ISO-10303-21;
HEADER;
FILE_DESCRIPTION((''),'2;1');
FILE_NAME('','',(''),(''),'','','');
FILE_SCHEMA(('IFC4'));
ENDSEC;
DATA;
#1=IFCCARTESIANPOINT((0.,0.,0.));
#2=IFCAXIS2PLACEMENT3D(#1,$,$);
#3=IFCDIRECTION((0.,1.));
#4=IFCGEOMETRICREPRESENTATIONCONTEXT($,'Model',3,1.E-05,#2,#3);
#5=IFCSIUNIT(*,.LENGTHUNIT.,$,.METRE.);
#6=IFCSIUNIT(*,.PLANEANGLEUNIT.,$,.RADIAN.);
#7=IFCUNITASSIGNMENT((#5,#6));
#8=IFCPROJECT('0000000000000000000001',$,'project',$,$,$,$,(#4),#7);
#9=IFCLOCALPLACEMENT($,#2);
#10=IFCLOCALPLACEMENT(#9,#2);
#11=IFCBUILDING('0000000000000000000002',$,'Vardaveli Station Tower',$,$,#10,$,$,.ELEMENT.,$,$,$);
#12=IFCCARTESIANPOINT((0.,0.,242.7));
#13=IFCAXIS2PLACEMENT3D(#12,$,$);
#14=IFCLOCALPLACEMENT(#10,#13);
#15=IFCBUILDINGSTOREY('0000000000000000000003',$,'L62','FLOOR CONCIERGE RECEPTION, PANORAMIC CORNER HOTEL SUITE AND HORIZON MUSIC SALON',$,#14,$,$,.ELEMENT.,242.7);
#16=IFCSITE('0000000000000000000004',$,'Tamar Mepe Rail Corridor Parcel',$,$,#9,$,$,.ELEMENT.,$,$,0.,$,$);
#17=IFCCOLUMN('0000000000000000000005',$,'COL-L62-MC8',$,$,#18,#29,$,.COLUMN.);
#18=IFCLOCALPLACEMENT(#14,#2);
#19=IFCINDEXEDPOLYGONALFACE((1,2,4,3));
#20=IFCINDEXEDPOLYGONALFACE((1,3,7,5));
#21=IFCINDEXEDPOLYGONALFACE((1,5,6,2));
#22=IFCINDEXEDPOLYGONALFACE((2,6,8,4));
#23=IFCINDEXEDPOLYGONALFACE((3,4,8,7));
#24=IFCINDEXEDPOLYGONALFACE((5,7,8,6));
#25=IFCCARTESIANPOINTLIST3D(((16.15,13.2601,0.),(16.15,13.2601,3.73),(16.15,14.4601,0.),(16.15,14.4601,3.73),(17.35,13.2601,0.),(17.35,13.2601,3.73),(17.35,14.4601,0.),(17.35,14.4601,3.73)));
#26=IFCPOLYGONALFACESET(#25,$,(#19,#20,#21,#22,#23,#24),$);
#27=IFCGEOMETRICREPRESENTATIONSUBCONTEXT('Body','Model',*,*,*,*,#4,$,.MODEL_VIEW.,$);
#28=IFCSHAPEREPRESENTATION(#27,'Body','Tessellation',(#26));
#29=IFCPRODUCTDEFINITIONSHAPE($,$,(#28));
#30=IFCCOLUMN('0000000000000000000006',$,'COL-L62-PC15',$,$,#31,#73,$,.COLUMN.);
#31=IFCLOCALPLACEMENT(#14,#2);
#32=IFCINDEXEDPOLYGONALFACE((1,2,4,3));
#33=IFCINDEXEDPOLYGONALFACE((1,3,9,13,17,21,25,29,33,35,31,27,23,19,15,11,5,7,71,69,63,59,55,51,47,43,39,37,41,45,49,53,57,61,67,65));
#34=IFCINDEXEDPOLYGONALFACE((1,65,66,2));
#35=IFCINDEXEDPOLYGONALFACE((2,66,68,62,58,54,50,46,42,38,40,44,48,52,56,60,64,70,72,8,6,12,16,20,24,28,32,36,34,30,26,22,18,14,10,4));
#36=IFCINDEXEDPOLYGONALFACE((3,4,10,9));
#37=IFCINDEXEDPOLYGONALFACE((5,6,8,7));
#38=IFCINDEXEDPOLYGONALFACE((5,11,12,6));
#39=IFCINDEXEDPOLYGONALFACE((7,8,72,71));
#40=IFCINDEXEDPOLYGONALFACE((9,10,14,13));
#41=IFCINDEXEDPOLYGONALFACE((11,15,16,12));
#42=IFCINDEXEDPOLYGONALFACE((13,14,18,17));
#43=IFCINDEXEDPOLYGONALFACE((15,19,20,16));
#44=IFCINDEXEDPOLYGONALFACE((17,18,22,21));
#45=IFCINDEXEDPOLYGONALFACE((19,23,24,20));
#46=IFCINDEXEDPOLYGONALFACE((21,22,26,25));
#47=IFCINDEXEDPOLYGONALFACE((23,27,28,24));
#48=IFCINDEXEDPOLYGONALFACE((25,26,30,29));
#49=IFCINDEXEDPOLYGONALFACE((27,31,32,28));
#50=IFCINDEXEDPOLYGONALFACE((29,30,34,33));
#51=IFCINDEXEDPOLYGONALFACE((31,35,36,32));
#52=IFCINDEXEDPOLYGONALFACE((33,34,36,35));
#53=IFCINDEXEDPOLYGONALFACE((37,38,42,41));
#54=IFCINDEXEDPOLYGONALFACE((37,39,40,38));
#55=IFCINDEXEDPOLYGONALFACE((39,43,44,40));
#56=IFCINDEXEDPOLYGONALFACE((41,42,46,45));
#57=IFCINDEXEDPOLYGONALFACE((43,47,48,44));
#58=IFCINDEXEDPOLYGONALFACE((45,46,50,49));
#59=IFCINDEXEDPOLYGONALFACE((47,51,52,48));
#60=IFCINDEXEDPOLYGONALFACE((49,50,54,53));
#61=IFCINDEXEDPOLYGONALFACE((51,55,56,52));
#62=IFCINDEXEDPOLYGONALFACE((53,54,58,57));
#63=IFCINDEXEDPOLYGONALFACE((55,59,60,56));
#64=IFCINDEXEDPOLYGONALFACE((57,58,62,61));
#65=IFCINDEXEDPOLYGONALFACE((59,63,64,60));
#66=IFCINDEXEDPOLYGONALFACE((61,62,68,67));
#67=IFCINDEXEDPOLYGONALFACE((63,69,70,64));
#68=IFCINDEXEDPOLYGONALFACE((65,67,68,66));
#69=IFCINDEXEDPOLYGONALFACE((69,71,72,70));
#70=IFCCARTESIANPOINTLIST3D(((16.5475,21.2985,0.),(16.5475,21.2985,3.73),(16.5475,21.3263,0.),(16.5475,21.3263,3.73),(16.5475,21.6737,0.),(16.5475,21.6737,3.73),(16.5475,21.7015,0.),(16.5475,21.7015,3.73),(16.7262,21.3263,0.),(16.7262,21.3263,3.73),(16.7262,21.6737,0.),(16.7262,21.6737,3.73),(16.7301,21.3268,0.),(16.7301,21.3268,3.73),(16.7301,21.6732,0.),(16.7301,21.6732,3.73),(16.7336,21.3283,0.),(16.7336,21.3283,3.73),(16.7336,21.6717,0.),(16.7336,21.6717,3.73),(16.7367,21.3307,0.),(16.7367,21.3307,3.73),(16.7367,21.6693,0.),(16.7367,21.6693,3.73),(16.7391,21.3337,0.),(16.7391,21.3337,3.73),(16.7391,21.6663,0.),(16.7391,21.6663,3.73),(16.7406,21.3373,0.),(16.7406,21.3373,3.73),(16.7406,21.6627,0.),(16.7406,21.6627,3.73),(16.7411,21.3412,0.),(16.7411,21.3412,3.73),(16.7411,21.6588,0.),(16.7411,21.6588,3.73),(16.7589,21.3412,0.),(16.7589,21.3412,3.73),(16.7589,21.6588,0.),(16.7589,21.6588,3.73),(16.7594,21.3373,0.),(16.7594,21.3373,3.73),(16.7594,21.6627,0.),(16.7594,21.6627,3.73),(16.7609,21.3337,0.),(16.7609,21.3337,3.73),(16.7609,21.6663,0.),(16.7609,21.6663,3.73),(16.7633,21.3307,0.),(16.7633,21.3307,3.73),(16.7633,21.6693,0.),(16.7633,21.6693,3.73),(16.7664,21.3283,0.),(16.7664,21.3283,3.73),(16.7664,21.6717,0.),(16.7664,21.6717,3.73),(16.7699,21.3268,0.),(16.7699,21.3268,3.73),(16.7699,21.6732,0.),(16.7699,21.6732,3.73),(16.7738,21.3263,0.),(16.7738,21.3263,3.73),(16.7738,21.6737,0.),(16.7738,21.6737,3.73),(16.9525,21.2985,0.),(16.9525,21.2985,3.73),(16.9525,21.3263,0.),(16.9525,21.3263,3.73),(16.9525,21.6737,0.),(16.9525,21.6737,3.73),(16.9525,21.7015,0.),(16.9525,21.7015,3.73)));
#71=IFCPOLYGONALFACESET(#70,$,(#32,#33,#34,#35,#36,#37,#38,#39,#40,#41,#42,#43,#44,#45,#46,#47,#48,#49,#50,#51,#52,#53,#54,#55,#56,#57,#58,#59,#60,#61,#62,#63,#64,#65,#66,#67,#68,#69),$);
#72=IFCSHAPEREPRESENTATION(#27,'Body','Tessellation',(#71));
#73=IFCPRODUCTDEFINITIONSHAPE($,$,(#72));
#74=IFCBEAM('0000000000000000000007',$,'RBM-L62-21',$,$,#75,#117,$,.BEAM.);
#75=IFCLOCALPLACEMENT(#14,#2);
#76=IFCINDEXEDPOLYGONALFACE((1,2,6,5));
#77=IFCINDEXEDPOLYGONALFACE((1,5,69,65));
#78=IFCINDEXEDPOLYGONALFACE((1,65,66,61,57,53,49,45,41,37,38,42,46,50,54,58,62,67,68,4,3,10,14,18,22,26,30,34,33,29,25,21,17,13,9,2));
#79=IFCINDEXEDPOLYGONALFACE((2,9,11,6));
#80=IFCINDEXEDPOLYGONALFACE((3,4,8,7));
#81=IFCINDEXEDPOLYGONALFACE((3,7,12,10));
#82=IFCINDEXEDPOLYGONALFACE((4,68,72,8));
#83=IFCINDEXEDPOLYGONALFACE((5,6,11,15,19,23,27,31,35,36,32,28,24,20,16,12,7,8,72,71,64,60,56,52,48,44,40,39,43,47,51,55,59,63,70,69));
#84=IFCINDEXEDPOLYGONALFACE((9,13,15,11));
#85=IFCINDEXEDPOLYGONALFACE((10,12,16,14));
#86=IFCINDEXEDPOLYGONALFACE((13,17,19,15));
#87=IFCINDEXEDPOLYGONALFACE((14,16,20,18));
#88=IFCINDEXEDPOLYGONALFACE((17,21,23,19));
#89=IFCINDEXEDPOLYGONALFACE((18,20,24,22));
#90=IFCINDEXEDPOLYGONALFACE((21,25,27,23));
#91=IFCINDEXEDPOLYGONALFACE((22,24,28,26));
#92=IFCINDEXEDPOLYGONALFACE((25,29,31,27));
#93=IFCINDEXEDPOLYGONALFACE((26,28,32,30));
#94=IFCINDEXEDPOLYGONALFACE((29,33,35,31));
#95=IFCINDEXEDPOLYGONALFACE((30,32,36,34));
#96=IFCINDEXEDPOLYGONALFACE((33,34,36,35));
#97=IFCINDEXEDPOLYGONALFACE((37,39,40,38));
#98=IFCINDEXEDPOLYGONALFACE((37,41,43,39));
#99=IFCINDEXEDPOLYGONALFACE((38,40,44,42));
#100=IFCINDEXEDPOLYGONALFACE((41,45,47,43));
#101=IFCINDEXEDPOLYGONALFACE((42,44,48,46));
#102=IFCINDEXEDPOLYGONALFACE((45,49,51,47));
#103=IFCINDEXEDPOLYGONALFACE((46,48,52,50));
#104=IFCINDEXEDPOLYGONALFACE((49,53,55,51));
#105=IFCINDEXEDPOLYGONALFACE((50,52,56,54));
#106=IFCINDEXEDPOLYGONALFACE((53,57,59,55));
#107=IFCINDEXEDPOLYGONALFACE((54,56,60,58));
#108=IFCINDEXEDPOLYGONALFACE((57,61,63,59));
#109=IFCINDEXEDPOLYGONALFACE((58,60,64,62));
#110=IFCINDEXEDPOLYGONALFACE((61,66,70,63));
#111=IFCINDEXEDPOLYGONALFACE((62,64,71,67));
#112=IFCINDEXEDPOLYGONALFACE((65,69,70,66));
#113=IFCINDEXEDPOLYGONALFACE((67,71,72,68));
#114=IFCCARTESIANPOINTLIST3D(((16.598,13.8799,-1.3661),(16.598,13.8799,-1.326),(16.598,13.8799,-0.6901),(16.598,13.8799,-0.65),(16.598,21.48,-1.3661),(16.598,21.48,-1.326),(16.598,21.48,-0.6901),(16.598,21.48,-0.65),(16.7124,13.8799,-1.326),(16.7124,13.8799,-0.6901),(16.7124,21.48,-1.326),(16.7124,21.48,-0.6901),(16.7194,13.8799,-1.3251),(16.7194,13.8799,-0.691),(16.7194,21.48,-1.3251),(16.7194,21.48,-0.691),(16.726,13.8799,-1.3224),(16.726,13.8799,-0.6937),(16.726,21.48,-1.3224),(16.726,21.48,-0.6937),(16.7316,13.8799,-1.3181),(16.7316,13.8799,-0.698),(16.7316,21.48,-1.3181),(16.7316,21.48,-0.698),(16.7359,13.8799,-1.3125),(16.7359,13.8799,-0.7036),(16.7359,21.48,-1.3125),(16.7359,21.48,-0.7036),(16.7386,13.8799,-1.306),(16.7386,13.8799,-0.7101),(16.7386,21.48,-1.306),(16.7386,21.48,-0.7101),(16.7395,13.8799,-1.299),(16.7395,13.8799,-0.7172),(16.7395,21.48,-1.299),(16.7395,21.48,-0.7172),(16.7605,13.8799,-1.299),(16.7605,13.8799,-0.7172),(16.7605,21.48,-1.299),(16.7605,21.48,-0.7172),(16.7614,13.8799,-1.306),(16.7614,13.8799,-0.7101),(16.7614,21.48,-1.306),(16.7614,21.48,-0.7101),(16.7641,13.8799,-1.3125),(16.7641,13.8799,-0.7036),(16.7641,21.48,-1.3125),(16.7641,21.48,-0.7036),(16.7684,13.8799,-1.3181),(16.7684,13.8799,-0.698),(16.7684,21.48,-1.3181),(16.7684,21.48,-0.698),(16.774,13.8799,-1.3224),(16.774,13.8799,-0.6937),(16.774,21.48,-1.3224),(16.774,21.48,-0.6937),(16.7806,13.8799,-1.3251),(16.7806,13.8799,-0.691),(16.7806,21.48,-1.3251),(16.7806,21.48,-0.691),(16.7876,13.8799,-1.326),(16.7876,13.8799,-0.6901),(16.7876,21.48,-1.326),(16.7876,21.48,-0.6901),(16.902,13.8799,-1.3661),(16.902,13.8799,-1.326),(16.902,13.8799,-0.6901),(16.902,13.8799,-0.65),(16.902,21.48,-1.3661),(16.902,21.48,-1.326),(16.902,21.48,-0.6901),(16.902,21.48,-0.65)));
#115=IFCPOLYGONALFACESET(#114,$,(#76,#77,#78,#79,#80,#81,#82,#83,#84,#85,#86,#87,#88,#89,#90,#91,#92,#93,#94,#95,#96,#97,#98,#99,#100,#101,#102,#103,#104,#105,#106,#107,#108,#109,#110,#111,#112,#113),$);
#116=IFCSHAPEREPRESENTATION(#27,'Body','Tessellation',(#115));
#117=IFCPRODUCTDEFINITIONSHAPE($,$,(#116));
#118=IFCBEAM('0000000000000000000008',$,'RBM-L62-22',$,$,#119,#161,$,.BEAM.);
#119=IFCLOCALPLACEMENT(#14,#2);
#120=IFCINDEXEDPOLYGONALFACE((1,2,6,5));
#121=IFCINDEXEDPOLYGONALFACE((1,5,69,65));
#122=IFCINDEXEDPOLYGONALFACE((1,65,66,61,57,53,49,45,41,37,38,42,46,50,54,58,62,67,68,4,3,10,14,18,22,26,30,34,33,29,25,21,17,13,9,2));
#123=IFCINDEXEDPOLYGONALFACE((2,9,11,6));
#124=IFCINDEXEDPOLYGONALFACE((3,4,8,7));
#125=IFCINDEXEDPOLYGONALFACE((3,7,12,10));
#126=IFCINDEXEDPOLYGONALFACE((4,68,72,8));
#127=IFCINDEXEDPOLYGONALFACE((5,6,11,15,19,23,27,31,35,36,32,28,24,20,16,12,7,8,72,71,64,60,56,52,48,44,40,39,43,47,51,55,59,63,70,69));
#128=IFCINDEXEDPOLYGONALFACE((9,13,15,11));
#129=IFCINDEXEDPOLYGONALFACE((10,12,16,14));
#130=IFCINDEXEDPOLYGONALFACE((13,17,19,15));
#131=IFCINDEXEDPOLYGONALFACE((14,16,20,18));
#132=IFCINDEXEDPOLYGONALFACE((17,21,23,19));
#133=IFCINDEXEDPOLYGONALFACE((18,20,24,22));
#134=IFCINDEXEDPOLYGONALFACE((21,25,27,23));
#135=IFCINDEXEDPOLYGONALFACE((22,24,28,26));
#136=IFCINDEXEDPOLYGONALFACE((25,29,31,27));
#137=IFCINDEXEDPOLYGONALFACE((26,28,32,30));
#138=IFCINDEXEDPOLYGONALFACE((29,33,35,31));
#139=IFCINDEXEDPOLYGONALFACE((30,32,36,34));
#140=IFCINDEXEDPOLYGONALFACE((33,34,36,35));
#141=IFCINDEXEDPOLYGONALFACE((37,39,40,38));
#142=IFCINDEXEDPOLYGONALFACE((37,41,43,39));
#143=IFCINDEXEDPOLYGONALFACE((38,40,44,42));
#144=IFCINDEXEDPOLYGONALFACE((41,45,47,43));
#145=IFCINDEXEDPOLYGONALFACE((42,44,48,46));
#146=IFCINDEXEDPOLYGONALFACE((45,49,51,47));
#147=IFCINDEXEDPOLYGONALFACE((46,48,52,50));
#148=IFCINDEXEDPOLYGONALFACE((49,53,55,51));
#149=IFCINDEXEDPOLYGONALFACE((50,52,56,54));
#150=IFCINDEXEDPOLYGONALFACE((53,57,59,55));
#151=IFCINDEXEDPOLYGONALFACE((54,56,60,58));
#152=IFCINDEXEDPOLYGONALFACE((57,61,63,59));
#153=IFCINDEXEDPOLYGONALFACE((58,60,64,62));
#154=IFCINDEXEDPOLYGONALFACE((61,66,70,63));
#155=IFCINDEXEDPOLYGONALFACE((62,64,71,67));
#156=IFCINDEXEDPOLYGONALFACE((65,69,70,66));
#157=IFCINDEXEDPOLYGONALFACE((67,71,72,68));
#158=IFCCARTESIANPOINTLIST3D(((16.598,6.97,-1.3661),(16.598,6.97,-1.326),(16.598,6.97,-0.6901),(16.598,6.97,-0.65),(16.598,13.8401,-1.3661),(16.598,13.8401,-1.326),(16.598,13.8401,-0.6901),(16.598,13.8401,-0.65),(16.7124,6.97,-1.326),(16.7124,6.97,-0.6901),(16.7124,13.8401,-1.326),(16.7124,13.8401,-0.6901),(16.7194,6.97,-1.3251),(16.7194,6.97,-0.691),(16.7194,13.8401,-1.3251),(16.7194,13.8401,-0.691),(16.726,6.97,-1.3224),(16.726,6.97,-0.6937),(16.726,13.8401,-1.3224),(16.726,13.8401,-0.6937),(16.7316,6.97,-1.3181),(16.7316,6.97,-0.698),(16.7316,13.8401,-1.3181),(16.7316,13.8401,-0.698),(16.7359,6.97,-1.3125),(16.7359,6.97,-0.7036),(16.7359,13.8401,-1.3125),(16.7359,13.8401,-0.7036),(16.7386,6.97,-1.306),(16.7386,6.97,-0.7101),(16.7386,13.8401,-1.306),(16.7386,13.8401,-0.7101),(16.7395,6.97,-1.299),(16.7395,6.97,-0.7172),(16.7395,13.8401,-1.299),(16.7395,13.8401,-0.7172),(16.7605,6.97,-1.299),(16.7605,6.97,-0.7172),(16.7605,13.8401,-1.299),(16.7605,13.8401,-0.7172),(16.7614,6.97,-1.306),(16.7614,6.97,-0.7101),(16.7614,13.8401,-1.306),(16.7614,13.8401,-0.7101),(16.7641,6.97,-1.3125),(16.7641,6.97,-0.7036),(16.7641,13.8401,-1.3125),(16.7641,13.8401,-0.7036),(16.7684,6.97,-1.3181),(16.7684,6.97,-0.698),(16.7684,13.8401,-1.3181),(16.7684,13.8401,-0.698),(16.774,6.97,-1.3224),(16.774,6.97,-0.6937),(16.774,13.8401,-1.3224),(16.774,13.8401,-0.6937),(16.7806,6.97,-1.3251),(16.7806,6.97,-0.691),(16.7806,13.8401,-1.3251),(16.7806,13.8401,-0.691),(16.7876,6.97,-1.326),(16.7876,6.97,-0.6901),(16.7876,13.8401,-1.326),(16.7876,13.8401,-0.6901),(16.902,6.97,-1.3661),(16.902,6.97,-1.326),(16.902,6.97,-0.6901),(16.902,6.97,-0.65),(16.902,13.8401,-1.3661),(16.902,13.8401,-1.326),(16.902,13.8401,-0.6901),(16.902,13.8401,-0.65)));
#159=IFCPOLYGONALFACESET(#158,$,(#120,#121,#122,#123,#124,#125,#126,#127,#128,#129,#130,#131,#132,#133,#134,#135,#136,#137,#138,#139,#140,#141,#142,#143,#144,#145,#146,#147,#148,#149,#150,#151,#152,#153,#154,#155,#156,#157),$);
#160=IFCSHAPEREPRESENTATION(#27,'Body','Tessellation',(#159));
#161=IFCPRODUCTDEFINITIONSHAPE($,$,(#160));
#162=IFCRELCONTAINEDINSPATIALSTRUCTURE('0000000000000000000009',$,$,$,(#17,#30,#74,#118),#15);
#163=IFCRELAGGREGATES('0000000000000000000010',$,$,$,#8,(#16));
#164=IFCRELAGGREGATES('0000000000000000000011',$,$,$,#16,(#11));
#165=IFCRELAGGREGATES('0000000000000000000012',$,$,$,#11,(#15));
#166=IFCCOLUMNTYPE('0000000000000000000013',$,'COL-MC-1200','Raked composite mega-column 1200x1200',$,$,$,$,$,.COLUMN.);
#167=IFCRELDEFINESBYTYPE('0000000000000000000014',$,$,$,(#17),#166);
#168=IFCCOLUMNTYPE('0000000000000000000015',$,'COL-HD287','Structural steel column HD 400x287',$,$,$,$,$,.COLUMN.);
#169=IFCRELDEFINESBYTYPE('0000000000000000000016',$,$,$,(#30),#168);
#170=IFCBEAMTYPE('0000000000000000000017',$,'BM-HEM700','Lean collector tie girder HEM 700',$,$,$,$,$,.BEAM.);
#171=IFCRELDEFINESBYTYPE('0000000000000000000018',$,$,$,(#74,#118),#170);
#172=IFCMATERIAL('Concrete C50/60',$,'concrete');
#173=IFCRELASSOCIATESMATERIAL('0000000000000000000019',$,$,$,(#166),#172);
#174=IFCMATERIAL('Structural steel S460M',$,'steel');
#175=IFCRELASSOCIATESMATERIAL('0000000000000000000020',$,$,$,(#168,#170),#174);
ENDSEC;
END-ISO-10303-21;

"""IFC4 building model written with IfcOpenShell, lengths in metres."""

from ifc_helpers import new_model, si_unit, direction, frame, origin, origin_2d, place, context, subcontext, project, spatial, rectangle, i_section, extrude, source, transform, mapped, material, material_profile, profile_set, type_object, element, save


model = new_model("IFC4")

# Units and contexts
model_context = context("Model", 3, precision=1e-05, world=origin(), true_north=direction((0.0, 1.0)))
body_context = subcontext(model_context, "Body", "Model", "MODEL_VIEW")
ifc_project = project(units=[si_unit("LENGTHUNIT", "METRE"), si_unit("PLANEANGLEUNIT", "RADIAN")], contexts=[model_context])

# Site, building, storey
site_placement = place(None, origin())
site = spatial("IfcSite", under=ifc_project, at=site_placement, Name="Tamar Mepe Rail Corridor Parcel", CompositionType="ELEMENT", RefElevation=0.0)
building_placement = place(site_placement, origin())
building = spatial("IfcBuilding", under=site, at=building_placement, Name="Vardaveli Station Tower", CompositionType="ELEMENT")
storey_placement = place(building_placement, frame((0.0, 0.0, 242.7)))
storey = spatial("IfcBuildingStorey", under=building, at=storey_placement, Name="L62", Description="FLOOR CONCIERGE RECEPTION, PANORAMIC CORNER HOTEL SUITE AND HORIZON MUSIC SALON", CompositionType="ELEMENT", Elevation=242.7)

# Columns
ifc_material_1 = material(Name="Concrete C50/60", Category="concrete")
ifc_material_profile_1 = material_profile(ifc_material_1, rectangle(XDim=1.2, YDim=1.2, at=origin_2d()), Name="MC 1200x1200")
ifc_profile_set_1 = profile_set([ifc_material_profile_1], Name="Concrete C50/60")
column_type_1 = type_object("IfcColumnType", Name="COL-MC-1200", Description="Raked composite mega-column 1200x1200", PredefinedType="COLUMN", material=ifc_profile_set_1)
shared_shape_1 = source(origin(), body_context, "Body", "SweptSolid", [
    extrude(rectangle(XDim=1.2, YDim=1.2, at=origin_2d()), origin(), (0.0, 0.0, 1.0), 3.73),
])
column_1_placement = place(storey_placement, frame((16.75, 13.8601, 0.0), z_axis=(0.0, 0.0, 1.0), x_axis=(1.0, 0.0, 0.0)))
element("IfcColumn", 1, at=column_1_placement, inside=storey, type_object=column_type_1, Name="COL-L62-MC8", PredefinedType="COLUMN", context=body_context, shape_type="MappedRepresentation", body=[
    mapped(shared_shape_1, transform((0.0, 0.0, 0.0), scale=1.0)),
])
ifc_material_2 = material(Name="Structural steel S460M", Category="steel")
ifc_material_profile_2 = material_profile(ifc_material_2, i_section(OverallWidth=0.405, OverallDepth=0.4031, WebThickness=0.0178, FlangeThickness=0.0278, FilletRadius=0.0149, at=origin_2d()), Name="HD 400x287")
ifc_profile_set_2 = profile_set([ifc_material_profile_2], Name="Structural steel S460M")
column_type_2 = type_object("IfcColumnType", Name="COL-HD287", Description="Structural steel column HD 400x287", PredefinedType="COLUMN", material=ifc_profile_set_2)
shared_shape_2 = source(origin(), body_context, "Body", "SweptSolid", [
    extrude(i_section(OverallWidth=0.405, OverallDepth=0.4031, WebThickness=0.0178, FlangeThickness=0.0278, FilletRadius=0.0149, at=origin_2d()), origin(), (0.0, 0.0, 1.0), 3.73),
])
column_2_placement = place(storey_placement, frame((16.75, 21.5, 0.0), z_axis=(0.0, 0.0, 1.0), x_axis=(1.0, 0.0, 0.0)))
element("IfcColumn", 2, at=column_2_placement, inside=storey, type_object=column_type_2, Name="COL-L62-PC15", PredefinedType="COLUMN", context=body_context, shape_type="MappedRepresentation", body=[
    mapped(shared_shape_2, transform((0.0, 0.0, 0.0), scale=1.0)),
])

# Beams
ifc_material_profile_3 = material_profile(ifc_material_2, i_section(OverallWidth=0.304, OverallDepth=0.7161, WebThickness=0.021, FlangeThickness=0.04, FilletRadius=0.0271, at=origin_2d()), Name="HEM 700")
ifc_profile_set_3 = profile_set([ifc_material_profile_3], Name="Structural steel S460M")
beam_type_1 = type_object("IfcBeamType", Name="BM-HEM700", Description="Lean collector tie girder HEM 700", PredefinedType="BEAM", material=ifc_profile_set_3)
shared_shape_3 = source(origin(), body_context, "Body", "SweptSolid", [
    extrude(i_section(OverallWidth=0.304, OverallDepth=0.7161, WebThickness=0.021, FlangeThickness=0.04, FilletRadius=0.0271, at=origin_2d()), origin(), (0.0, 0.0, 1.0), 7.6001),
])
beam_1_placement = place(storey_placement, frame((16.75, 21.48, -1.0081), z_axis=(0.0, -1.0, 0.0), x_axis=(1.0, 0.0, 0.0)))
element("IfcBeam", 3, at=beam_1_placement, inside=storey, type_object=beam_type_1, Name="RBM-L62-21", PredefinedType="BEAM", context=body_context, shape_type="MappedRepresentation", body=[
    mapped(shared_shape_3, transform((0.0, 0.0, 0.0), scale=1.0)),
])
shared_shape_4 = source(origin(), body_context, "Body", "SweptSolid", [
    extrude(i_section(OverallWidth=0.304, OverallDepth=0.7161, WebThickness=0.021, FlangeThickness=0.04, FilletRadius=0.0271, at=origin_2d()), origin(), (0.0, 0.0, 1.0), 6.8701),
])
beam_2_placement = place(storey_placement, frame((16.75, 13.8401, -1.0081), z_axis=(0.0, -1.0, 0.0), x_axis=(1.0, 0.0, 0.0)))
element("IfcBeam", 4, at=beam_2_placement, inside=storey, type_object=beam_type_1, Name="RBM-L62-22", PredefinedType="BEAM", context=body_context, shape_type="MappedRepresentation", body=[
    mapped(shared_shape_4, transform((0.0, 0.0, 0.0), scale=1.0)),
])

save(model, "model.ifc")
